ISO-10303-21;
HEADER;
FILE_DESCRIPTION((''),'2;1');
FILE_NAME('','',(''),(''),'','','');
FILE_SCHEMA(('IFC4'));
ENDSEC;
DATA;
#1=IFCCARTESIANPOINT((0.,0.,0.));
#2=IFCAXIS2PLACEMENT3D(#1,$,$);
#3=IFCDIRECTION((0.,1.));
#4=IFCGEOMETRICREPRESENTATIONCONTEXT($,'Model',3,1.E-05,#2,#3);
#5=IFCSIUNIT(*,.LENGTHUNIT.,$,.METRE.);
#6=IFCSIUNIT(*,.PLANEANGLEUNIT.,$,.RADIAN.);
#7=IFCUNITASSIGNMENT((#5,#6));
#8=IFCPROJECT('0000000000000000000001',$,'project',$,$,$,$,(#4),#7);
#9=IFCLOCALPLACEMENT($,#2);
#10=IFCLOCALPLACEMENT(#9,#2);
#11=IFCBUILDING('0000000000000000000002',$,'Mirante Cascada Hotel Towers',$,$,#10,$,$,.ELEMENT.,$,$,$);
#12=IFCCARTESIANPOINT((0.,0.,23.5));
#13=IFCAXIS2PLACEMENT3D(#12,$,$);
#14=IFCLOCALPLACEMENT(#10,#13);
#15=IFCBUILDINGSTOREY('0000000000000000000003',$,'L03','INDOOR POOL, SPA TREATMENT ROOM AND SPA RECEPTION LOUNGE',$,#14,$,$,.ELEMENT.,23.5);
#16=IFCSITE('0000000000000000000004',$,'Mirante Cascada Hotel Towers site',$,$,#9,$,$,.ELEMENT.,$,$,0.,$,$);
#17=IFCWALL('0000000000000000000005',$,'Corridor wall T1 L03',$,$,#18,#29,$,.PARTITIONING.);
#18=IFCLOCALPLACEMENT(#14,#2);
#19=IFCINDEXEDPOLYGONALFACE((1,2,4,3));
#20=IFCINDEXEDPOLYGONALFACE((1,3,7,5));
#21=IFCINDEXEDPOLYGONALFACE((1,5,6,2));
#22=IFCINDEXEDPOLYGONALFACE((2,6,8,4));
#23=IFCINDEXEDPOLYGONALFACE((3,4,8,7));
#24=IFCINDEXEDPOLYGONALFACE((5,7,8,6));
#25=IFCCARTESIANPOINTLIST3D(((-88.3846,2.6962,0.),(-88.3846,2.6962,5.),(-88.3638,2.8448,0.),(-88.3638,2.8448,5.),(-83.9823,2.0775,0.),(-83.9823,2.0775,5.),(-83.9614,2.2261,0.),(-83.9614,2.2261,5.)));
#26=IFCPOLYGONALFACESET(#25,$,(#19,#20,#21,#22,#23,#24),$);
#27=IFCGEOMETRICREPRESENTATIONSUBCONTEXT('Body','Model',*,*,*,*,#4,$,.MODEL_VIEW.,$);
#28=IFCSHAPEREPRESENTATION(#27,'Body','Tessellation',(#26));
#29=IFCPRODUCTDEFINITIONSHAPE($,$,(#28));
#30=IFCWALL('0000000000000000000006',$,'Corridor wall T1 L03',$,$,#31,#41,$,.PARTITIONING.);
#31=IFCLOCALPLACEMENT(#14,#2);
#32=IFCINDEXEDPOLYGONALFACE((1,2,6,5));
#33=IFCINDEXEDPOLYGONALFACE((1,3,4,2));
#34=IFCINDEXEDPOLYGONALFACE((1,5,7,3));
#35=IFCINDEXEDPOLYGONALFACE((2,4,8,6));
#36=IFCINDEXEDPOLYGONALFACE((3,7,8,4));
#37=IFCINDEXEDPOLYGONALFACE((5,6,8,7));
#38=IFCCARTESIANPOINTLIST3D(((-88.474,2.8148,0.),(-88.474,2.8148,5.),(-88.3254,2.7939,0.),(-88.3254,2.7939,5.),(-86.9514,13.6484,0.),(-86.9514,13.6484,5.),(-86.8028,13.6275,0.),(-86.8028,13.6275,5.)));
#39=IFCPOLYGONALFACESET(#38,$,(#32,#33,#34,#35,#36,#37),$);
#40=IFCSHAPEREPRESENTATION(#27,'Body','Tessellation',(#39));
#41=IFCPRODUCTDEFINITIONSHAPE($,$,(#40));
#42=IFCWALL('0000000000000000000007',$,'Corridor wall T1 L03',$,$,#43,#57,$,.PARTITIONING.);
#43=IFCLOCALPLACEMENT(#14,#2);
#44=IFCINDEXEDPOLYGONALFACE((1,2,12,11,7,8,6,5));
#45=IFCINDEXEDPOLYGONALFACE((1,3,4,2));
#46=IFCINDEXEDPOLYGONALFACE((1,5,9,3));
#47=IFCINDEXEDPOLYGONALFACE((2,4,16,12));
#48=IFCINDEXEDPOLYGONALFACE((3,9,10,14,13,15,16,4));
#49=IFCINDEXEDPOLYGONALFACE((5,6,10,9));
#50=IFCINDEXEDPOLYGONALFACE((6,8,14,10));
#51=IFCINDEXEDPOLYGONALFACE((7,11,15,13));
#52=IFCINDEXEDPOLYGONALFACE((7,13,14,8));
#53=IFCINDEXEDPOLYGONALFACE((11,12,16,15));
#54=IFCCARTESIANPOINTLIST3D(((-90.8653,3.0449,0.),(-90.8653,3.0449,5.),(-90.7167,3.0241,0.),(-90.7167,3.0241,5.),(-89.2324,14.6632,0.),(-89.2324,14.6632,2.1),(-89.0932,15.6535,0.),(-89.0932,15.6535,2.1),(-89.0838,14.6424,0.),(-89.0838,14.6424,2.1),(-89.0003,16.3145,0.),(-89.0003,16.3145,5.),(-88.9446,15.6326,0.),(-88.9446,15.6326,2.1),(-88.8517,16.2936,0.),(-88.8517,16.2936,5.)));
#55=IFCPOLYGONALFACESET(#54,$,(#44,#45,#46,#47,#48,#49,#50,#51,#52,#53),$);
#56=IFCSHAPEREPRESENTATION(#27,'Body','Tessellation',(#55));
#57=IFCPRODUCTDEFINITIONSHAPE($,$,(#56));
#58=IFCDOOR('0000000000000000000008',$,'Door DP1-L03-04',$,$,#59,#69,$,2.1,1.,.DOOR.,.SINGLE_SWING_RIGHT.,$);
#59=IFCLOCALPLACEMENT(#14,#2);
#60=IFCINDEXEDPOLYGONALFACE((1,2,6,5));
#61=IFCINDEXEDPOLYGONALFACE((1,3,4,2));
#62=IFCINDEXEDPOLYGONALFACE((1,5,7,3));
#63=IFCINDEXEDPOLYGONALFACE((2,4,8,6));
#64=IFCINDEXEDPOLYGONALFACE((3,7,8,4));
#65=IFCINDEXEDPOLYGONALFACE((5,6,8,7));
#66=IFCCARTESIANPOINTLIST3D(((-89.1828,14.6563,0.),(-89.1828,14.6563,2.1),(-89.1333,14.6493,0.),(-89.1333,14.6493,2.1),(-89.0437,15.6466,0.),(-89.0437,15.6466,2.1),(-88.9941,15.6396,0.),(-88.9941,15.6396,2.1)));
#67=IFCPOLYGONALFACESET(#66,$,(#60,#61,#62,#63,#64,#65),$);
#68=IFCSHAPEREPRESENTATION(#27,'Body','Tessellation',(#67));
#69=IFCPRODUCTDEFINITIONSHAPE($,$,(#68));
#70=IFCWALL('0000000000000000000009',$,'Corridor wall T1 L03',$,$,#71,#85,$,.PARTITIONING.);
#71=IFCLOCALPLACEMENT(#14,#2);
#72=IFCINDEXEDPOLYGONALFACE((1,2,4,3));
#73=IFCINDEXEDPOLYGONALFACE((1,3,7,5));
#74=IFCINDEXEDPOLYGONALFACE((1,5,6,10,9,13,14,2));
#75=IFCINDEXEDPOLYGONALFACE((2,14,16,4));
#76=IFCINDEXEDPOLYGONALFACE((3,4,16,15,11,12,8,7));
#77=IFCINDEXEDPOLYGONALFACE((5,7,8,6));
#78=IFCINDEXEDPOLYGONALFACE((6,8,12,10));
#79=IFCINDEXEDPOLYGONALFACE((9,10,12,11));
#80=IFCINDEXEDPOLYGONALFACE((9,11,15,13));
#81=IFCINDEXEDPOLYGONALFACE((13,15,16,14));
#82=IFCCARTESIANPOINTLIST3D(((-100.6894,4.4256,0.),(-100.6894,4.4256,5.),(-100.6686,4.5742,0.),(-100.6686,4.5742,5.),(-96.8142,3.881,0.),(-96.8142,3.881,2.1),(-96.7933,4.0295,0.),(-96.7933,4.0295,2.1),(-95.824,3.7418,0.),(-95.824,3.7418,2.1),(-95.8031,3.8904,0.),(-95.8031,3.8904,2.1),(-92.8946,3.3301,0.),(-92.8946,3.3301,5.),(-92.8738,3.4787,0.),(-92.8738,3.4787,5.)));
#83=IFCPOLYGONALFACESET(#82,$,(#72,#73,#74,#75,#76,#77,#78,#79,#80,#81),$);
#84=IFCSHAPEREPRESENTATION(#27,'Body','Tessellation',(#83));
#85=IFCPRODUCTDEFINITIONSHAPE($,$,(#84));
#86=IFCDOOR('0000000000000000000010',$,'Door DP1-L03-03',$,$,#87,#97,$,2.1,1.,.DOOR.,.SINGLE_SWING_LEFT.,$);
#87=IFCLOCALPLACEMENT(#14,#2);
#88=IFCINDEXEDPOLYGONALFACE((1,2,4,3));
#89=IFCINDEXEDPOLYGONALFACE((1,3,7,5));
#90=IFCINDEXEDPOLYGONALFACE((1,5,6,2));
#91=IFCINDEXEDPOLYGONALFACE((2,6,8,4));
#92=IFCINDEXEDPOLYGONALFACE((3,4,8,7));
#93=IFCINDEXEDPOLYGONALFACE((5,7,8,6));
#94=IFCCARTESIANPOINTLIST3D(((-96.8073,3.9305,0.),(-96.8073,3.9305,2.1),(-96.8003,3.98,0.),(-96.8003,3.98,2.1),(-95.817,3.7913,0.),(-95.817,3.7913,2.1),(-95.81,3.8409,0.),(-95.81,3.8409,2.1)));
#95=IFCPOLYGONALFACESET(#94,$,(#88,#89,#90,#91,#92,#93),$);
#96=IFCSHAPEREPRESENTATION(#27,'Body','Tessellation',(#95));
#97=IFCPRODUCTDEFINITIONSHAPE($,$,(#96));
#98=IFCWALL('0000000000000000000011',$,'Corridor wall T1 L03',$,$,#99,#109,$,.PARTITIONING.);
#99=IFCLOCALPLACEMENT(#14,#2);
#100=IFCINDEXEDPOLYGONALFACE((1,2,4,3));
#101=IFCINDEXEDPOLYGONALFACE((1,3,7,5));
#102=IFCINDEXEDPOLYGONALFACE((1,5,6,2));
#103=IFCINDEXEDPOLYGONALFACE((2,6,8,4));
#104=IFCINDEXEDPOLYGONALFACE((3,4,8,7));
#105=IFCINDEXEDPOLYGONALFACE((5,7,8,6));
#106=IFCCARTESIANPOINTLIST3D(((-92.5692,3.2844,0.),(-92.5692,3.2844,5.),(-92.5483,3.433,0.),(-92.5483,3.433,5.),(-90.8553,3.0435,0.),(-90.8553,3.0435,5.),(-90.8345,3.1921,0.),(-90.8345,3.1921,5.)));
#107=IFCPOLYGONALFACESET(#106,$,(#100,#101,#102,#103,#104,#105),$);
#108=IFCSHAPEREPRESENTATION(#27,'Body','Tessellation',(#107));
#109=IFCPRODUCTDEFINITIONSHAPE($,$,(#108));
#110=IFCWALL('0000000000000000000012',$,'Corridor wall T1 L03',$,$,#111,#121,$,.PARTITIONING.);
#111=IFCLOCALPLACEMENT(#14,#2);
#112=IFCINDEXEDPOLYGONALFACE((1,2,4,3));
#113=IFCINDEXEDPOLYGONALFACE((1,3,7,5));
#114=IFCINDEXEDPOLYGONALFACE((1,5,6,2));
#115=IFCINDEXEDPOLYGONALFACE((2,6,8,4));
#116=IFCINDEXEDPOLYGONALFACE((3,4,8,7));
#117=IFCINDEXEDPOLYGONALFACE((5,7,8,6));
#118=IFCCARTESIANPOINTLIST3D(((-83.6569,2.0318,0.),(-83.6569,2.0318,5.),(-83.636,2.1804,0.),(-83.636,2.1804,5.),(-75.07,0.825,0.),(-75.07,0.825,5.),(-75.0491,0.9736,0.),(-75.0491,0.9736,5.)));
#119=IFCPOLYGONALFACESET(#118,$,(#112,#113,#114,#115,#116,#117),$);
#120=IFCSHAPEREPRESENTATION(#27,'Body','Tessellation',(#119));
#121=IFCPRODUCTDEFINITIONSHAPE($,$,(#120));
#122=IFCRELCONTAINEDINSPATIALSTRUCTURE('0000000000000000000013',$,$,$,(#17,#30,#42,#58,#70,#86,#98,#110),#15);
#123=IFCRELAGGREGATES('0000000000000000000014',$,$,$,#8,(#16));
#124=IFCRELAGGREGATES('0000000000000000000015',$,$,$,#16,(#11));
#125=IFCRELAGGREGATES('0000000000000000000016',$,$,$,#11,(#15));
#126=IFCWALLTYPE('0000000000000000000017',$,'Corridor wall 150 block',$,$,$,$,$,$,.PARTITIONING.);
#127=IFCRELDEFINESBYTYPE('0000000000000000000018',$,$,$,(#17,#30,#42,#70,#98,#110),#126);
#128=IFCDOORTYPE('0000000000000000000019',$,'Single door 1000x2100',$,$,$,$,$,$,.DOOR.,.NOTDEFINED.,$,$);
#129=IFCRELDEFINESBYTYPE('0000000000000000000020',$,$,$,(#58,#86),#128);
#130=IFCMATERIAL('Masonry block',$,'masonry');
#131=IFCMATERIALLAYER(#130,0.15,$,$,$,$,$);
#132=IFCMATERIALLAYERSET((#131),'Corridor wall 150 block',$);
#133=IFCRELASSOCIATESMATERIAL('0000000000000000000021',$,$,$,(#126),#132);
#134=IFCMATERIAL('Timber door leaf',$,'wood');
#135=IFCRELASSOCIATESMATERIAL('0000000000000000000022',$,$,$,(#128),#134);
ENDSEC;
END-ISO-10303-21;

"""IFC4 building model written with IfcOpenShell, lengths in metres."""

from ifc_helpers import new_model, si_unit, direction, frame, frame_2d, origin, place, context, subcontext, project, spatial, rectangle, extrude, material, layer, layer_set, type_object, element, fill, save


model = new_model("IFC4")

# Units and contexts
model_context = context("Model", 3, precision=1e-05, world=origin(), true_north=direction((0.0, 1.0)))
body_context = subcontext(model_context, "Body", "Model", "MODEL_VIEW")
ifc_project = project(units=[si_unit("LENGTHUNIT", "METRE"), si_unit("PLANEANGLEUNIT", "RADIAN")], contexts=[model_context])

# Site, building, storey
site_placement = place(None, origin())
site = spatial("IfcSite", under=ifc_project, at=site_placement, Name="Mirante Cascada Hotel Towers site", CompositionType="ELEMENT", RefElevation=0.0)
building_placement = place(site_placement, origin())
building = spatial("IfcBuilding", under=site, at=building_placement, Name="Mirante Cascada Hotel Towers", CompositionType="ELEMENT")
storey_placement = place(building_placement, frame((0.0, 0.0, 23.5)))
storey = spatial("IfcBuildingStorey", under=building, at=storey_placement, Name="L03", Description="INDOOR POOL, SPA TREATMENT ROOM AND SPA RECEPTION LOUNGE", CompositionType="ELEMENT", Elevation=23.5)

# Walls
ifc_material_1 = material(Name="Masonry block", Category="masonry")
ifc_layer_1 = layer(ifc_material_1, 0.15)
ifc_layer_set_1 = layer_set([ifc_layer_1], Name="Corridor wall 150 block")
wall_type = type_object("IfcWallType", Name="Corridor wall 150 block", PredefinedType="PARTITIONING", material=ifc_layer_set_1)
wall_1_placement = place(storey_placement, frame((-88.3742, 2.7705, 0.0), z_axis=(0.0, 0.0, 1.0), x_axis=(0.990268, -0.139173, 0.0)))
element("IfcWall", 1, at=wall_1_placement, inside=storey, type_object=wall_type, Name="Corridor wall T1 L03", PredefinedType="PARTITIONING", context=body_context, shape_type="SweptSolid", body=[
    extrude(rectangle(XDim=4.4456, YDim=0.15, at=frame_2d((2.2228, 0.0))), origin(), (0.0, 0.0, 1.0), 5.0),
])
wall_2_placement = place(storey_placement, frame((-88.3997, 2.8044, 0.0), z_axis=(0.0, 0.0, 1.0), x_axis=(0.139176, 0.990268, 0.0)))
element("IfcWall", 2, at=wall_2_placement, inside=storey, type_object=wall_type, Name="Corridor wall T1 L03", PredefinedType="PARTITIONING", context=body_context, shape_type="SweptSolid", body=[
    extrude(rectangle(XDim=10.9401, YDim=0.15, at=frame_2d((5.47, 0.0))), origin(), (0.0, 0.0, 1.0), 5.0),
])

# Walls, openings, doors
wall_3_placement = place(storey_placement, frame((-90.791, 3.0345, 0.0), z_axis=(0.0, 0.0, 1.0), x_axis=(0.139179, 0.990267, 0.0)))
wall_3 = element("IfcWall", 3, at=wall_3_placement, inside=storey, type_object=wall_type, Name="Corridor wall T1 L03", PredefinedType="PARTITIONING", context=body_context, shape_type="SweptSolid", body=[
    extrude(rectangle(XDim=13.4, YDim=0.15, at=frame_2d((6.7, 0.0))), origin(), (0.0, 0.0, 1.0), 5.0),
])
opening_1_placement = place(wall_3_placement, frame((11.7325, 0.0, 0.0)))
opening_1 = element("IfcOpeningElement", 4, at=opening_1_placement, cuts=wall_3, PredefinedType="OPENING", context=body_context, shape_type="SweptSolid", body=[
    extrude(rectangle(XDim=1.0, YDim=2.1, at=frame_2d((0.5, 1.05))), frame((0.0, 0.075, 0.0), z_axis=(0.0, -1.0, 0.0), x_axis=(1.0, 0.0, 0.0)), (0.0, 0.0, 1.0), 0.15),
])
ifc_material_2 = material(Name="Timber door leaf", Category="wood")
door_type = type_object("IfcDoorType", Name="Single door 1000x2100", OperationType="NOTDEFINED", PredefinedType="DOOR", material=ifc_material_2)
door_1_placement = place(opening_1_placement, origin())
door_1 = element("IfcDoor", 5, at=door_1_placement, inside=storey, type_object=door_type, Name="Door DP1-L03-04", OperationType="SINGLE_SWING_RIGHT", OverallHeight=2.1, OverallWidth=1.0, PredefinedType="DOOR", context=body_context, shape_type="SweptSolid", body=[
    extrude(rectangle(XDim=1.0, YDim=2.1, at=frame_2d((0.5, 1.05))), frame((0.0, 0.025, 0.0), z_axis=(0.0, -1.0, 0.0), x_axis=(1.0, 0.0, 0.0)), (0.0, 0.0, 1.0), 0.05),
])
fill(opening_1, door_1)
wall_4_placement = place(storey_placement, frame((-100.679, 4.4999, 0.0), z_axis=(0.0, 0.0, 1.0), x_axis=(0.990268, -0.139175, 0.0)))
wall_4 = element("IfcWall", 6, at=wall_4_placement, inside=storey, type_object=wall_type, Name="Corridor wall T1 L03", PredefinedType="PARTITIONING", context=body_context, shape_type="SweptSolid", body=[
    extrude(rectangle(XDim=7.8714, YDim=0.15, at=frame_2d((3.9357, 0.0))), origin(), (0.0, 0.0, 1.0), 5.0),
])
opening_2_placement = place(wall_4_placement, frame((3.9133, 0.0, 0.0)))
opening_2 = element("IfcOpeningElement", 7, at=opening_2_placement, cuts=wall_4, PredefinedType="OPENING", context=body_context, shape_type="SweptSolid", body=[
    extrude(rectangle(XDim=1.0, YDim=2.1, at=frame_2d((0.5, 1.05))), frame((0.0, 0.075, 0.0), z_axis=(0.0, -1.0, 0.0), x_axis=(1.0, 0.0, 0.0)), (0.0, 0.0, 1.0), 0.15),
])
door_2_placement = place(opening_2_placement, origin())
door_2 = element("IfcDoor", 8, at=door_2_placement, inside=storey, type_object=door_type, Name="Door DP1-L03-03", OperationType="SINGLE_SWING_LEFT", OverallHeight=2.1, OverallWidth=1.0, PredefinedType="DOOR", context=body_context, shape_type="SweptSolid", body=[
    extrude(rectangle(XDim=1.0, YDim=2.1, at=frame_2d((0.5, 1.05))), frame((0.0, 0.025, 0.0), z_axis=(0.0, -1.0, 0.0), x_axis=(1.0, 0.0, 0.0)), (0.0, 0.0, 1.0), 0.05),
])
fill(opening_2, door_2)

# Walls
wall_5_placement = place(storey_placement, frame((-92.5588, 3.3587, 0.0), z_axis=(0.0, 0.0, 1.0), x_axis=(0.990266, -0.139188, 0.0)))
element("IfcWall", 9, at=wall_5_placement, inside=storey, type_object=wall_type, Name="Corridor wall T1 L03", PredefinedType="PARTITIONING", context=body_context, shape_type="SweptSolid", body=[
    extrude(rectangle(XDim=1.7307, YDim=0.15, at=frame_2d((0.8654, 0.0))), origin(), (0.0, 0.0, 1.0), 5.0),
])
wall_6_placement = place(storey_placement, frame((-83.6464, 2.1061, 0.0), z_axis=(0.0, 0.0, 1.0), x_axis=(0.990268, -0.139172, 0.0)))
element("IfcWall", 10, at=wall_6_placement, inside=storey, type_object=wall_type, Name="Corridor wall T1 L03", PredefinedType="PARTITIONING", context=body_context, shape_type="SweptSolid", body=[
    extrude(rectangle(XDim=8.6713, YDim=0.15, at=frame_2d((4.3356, 0.0))), origin(), (0.0, 0.0, 1.0), 5.0),
])

save(model, "model.ifc")
